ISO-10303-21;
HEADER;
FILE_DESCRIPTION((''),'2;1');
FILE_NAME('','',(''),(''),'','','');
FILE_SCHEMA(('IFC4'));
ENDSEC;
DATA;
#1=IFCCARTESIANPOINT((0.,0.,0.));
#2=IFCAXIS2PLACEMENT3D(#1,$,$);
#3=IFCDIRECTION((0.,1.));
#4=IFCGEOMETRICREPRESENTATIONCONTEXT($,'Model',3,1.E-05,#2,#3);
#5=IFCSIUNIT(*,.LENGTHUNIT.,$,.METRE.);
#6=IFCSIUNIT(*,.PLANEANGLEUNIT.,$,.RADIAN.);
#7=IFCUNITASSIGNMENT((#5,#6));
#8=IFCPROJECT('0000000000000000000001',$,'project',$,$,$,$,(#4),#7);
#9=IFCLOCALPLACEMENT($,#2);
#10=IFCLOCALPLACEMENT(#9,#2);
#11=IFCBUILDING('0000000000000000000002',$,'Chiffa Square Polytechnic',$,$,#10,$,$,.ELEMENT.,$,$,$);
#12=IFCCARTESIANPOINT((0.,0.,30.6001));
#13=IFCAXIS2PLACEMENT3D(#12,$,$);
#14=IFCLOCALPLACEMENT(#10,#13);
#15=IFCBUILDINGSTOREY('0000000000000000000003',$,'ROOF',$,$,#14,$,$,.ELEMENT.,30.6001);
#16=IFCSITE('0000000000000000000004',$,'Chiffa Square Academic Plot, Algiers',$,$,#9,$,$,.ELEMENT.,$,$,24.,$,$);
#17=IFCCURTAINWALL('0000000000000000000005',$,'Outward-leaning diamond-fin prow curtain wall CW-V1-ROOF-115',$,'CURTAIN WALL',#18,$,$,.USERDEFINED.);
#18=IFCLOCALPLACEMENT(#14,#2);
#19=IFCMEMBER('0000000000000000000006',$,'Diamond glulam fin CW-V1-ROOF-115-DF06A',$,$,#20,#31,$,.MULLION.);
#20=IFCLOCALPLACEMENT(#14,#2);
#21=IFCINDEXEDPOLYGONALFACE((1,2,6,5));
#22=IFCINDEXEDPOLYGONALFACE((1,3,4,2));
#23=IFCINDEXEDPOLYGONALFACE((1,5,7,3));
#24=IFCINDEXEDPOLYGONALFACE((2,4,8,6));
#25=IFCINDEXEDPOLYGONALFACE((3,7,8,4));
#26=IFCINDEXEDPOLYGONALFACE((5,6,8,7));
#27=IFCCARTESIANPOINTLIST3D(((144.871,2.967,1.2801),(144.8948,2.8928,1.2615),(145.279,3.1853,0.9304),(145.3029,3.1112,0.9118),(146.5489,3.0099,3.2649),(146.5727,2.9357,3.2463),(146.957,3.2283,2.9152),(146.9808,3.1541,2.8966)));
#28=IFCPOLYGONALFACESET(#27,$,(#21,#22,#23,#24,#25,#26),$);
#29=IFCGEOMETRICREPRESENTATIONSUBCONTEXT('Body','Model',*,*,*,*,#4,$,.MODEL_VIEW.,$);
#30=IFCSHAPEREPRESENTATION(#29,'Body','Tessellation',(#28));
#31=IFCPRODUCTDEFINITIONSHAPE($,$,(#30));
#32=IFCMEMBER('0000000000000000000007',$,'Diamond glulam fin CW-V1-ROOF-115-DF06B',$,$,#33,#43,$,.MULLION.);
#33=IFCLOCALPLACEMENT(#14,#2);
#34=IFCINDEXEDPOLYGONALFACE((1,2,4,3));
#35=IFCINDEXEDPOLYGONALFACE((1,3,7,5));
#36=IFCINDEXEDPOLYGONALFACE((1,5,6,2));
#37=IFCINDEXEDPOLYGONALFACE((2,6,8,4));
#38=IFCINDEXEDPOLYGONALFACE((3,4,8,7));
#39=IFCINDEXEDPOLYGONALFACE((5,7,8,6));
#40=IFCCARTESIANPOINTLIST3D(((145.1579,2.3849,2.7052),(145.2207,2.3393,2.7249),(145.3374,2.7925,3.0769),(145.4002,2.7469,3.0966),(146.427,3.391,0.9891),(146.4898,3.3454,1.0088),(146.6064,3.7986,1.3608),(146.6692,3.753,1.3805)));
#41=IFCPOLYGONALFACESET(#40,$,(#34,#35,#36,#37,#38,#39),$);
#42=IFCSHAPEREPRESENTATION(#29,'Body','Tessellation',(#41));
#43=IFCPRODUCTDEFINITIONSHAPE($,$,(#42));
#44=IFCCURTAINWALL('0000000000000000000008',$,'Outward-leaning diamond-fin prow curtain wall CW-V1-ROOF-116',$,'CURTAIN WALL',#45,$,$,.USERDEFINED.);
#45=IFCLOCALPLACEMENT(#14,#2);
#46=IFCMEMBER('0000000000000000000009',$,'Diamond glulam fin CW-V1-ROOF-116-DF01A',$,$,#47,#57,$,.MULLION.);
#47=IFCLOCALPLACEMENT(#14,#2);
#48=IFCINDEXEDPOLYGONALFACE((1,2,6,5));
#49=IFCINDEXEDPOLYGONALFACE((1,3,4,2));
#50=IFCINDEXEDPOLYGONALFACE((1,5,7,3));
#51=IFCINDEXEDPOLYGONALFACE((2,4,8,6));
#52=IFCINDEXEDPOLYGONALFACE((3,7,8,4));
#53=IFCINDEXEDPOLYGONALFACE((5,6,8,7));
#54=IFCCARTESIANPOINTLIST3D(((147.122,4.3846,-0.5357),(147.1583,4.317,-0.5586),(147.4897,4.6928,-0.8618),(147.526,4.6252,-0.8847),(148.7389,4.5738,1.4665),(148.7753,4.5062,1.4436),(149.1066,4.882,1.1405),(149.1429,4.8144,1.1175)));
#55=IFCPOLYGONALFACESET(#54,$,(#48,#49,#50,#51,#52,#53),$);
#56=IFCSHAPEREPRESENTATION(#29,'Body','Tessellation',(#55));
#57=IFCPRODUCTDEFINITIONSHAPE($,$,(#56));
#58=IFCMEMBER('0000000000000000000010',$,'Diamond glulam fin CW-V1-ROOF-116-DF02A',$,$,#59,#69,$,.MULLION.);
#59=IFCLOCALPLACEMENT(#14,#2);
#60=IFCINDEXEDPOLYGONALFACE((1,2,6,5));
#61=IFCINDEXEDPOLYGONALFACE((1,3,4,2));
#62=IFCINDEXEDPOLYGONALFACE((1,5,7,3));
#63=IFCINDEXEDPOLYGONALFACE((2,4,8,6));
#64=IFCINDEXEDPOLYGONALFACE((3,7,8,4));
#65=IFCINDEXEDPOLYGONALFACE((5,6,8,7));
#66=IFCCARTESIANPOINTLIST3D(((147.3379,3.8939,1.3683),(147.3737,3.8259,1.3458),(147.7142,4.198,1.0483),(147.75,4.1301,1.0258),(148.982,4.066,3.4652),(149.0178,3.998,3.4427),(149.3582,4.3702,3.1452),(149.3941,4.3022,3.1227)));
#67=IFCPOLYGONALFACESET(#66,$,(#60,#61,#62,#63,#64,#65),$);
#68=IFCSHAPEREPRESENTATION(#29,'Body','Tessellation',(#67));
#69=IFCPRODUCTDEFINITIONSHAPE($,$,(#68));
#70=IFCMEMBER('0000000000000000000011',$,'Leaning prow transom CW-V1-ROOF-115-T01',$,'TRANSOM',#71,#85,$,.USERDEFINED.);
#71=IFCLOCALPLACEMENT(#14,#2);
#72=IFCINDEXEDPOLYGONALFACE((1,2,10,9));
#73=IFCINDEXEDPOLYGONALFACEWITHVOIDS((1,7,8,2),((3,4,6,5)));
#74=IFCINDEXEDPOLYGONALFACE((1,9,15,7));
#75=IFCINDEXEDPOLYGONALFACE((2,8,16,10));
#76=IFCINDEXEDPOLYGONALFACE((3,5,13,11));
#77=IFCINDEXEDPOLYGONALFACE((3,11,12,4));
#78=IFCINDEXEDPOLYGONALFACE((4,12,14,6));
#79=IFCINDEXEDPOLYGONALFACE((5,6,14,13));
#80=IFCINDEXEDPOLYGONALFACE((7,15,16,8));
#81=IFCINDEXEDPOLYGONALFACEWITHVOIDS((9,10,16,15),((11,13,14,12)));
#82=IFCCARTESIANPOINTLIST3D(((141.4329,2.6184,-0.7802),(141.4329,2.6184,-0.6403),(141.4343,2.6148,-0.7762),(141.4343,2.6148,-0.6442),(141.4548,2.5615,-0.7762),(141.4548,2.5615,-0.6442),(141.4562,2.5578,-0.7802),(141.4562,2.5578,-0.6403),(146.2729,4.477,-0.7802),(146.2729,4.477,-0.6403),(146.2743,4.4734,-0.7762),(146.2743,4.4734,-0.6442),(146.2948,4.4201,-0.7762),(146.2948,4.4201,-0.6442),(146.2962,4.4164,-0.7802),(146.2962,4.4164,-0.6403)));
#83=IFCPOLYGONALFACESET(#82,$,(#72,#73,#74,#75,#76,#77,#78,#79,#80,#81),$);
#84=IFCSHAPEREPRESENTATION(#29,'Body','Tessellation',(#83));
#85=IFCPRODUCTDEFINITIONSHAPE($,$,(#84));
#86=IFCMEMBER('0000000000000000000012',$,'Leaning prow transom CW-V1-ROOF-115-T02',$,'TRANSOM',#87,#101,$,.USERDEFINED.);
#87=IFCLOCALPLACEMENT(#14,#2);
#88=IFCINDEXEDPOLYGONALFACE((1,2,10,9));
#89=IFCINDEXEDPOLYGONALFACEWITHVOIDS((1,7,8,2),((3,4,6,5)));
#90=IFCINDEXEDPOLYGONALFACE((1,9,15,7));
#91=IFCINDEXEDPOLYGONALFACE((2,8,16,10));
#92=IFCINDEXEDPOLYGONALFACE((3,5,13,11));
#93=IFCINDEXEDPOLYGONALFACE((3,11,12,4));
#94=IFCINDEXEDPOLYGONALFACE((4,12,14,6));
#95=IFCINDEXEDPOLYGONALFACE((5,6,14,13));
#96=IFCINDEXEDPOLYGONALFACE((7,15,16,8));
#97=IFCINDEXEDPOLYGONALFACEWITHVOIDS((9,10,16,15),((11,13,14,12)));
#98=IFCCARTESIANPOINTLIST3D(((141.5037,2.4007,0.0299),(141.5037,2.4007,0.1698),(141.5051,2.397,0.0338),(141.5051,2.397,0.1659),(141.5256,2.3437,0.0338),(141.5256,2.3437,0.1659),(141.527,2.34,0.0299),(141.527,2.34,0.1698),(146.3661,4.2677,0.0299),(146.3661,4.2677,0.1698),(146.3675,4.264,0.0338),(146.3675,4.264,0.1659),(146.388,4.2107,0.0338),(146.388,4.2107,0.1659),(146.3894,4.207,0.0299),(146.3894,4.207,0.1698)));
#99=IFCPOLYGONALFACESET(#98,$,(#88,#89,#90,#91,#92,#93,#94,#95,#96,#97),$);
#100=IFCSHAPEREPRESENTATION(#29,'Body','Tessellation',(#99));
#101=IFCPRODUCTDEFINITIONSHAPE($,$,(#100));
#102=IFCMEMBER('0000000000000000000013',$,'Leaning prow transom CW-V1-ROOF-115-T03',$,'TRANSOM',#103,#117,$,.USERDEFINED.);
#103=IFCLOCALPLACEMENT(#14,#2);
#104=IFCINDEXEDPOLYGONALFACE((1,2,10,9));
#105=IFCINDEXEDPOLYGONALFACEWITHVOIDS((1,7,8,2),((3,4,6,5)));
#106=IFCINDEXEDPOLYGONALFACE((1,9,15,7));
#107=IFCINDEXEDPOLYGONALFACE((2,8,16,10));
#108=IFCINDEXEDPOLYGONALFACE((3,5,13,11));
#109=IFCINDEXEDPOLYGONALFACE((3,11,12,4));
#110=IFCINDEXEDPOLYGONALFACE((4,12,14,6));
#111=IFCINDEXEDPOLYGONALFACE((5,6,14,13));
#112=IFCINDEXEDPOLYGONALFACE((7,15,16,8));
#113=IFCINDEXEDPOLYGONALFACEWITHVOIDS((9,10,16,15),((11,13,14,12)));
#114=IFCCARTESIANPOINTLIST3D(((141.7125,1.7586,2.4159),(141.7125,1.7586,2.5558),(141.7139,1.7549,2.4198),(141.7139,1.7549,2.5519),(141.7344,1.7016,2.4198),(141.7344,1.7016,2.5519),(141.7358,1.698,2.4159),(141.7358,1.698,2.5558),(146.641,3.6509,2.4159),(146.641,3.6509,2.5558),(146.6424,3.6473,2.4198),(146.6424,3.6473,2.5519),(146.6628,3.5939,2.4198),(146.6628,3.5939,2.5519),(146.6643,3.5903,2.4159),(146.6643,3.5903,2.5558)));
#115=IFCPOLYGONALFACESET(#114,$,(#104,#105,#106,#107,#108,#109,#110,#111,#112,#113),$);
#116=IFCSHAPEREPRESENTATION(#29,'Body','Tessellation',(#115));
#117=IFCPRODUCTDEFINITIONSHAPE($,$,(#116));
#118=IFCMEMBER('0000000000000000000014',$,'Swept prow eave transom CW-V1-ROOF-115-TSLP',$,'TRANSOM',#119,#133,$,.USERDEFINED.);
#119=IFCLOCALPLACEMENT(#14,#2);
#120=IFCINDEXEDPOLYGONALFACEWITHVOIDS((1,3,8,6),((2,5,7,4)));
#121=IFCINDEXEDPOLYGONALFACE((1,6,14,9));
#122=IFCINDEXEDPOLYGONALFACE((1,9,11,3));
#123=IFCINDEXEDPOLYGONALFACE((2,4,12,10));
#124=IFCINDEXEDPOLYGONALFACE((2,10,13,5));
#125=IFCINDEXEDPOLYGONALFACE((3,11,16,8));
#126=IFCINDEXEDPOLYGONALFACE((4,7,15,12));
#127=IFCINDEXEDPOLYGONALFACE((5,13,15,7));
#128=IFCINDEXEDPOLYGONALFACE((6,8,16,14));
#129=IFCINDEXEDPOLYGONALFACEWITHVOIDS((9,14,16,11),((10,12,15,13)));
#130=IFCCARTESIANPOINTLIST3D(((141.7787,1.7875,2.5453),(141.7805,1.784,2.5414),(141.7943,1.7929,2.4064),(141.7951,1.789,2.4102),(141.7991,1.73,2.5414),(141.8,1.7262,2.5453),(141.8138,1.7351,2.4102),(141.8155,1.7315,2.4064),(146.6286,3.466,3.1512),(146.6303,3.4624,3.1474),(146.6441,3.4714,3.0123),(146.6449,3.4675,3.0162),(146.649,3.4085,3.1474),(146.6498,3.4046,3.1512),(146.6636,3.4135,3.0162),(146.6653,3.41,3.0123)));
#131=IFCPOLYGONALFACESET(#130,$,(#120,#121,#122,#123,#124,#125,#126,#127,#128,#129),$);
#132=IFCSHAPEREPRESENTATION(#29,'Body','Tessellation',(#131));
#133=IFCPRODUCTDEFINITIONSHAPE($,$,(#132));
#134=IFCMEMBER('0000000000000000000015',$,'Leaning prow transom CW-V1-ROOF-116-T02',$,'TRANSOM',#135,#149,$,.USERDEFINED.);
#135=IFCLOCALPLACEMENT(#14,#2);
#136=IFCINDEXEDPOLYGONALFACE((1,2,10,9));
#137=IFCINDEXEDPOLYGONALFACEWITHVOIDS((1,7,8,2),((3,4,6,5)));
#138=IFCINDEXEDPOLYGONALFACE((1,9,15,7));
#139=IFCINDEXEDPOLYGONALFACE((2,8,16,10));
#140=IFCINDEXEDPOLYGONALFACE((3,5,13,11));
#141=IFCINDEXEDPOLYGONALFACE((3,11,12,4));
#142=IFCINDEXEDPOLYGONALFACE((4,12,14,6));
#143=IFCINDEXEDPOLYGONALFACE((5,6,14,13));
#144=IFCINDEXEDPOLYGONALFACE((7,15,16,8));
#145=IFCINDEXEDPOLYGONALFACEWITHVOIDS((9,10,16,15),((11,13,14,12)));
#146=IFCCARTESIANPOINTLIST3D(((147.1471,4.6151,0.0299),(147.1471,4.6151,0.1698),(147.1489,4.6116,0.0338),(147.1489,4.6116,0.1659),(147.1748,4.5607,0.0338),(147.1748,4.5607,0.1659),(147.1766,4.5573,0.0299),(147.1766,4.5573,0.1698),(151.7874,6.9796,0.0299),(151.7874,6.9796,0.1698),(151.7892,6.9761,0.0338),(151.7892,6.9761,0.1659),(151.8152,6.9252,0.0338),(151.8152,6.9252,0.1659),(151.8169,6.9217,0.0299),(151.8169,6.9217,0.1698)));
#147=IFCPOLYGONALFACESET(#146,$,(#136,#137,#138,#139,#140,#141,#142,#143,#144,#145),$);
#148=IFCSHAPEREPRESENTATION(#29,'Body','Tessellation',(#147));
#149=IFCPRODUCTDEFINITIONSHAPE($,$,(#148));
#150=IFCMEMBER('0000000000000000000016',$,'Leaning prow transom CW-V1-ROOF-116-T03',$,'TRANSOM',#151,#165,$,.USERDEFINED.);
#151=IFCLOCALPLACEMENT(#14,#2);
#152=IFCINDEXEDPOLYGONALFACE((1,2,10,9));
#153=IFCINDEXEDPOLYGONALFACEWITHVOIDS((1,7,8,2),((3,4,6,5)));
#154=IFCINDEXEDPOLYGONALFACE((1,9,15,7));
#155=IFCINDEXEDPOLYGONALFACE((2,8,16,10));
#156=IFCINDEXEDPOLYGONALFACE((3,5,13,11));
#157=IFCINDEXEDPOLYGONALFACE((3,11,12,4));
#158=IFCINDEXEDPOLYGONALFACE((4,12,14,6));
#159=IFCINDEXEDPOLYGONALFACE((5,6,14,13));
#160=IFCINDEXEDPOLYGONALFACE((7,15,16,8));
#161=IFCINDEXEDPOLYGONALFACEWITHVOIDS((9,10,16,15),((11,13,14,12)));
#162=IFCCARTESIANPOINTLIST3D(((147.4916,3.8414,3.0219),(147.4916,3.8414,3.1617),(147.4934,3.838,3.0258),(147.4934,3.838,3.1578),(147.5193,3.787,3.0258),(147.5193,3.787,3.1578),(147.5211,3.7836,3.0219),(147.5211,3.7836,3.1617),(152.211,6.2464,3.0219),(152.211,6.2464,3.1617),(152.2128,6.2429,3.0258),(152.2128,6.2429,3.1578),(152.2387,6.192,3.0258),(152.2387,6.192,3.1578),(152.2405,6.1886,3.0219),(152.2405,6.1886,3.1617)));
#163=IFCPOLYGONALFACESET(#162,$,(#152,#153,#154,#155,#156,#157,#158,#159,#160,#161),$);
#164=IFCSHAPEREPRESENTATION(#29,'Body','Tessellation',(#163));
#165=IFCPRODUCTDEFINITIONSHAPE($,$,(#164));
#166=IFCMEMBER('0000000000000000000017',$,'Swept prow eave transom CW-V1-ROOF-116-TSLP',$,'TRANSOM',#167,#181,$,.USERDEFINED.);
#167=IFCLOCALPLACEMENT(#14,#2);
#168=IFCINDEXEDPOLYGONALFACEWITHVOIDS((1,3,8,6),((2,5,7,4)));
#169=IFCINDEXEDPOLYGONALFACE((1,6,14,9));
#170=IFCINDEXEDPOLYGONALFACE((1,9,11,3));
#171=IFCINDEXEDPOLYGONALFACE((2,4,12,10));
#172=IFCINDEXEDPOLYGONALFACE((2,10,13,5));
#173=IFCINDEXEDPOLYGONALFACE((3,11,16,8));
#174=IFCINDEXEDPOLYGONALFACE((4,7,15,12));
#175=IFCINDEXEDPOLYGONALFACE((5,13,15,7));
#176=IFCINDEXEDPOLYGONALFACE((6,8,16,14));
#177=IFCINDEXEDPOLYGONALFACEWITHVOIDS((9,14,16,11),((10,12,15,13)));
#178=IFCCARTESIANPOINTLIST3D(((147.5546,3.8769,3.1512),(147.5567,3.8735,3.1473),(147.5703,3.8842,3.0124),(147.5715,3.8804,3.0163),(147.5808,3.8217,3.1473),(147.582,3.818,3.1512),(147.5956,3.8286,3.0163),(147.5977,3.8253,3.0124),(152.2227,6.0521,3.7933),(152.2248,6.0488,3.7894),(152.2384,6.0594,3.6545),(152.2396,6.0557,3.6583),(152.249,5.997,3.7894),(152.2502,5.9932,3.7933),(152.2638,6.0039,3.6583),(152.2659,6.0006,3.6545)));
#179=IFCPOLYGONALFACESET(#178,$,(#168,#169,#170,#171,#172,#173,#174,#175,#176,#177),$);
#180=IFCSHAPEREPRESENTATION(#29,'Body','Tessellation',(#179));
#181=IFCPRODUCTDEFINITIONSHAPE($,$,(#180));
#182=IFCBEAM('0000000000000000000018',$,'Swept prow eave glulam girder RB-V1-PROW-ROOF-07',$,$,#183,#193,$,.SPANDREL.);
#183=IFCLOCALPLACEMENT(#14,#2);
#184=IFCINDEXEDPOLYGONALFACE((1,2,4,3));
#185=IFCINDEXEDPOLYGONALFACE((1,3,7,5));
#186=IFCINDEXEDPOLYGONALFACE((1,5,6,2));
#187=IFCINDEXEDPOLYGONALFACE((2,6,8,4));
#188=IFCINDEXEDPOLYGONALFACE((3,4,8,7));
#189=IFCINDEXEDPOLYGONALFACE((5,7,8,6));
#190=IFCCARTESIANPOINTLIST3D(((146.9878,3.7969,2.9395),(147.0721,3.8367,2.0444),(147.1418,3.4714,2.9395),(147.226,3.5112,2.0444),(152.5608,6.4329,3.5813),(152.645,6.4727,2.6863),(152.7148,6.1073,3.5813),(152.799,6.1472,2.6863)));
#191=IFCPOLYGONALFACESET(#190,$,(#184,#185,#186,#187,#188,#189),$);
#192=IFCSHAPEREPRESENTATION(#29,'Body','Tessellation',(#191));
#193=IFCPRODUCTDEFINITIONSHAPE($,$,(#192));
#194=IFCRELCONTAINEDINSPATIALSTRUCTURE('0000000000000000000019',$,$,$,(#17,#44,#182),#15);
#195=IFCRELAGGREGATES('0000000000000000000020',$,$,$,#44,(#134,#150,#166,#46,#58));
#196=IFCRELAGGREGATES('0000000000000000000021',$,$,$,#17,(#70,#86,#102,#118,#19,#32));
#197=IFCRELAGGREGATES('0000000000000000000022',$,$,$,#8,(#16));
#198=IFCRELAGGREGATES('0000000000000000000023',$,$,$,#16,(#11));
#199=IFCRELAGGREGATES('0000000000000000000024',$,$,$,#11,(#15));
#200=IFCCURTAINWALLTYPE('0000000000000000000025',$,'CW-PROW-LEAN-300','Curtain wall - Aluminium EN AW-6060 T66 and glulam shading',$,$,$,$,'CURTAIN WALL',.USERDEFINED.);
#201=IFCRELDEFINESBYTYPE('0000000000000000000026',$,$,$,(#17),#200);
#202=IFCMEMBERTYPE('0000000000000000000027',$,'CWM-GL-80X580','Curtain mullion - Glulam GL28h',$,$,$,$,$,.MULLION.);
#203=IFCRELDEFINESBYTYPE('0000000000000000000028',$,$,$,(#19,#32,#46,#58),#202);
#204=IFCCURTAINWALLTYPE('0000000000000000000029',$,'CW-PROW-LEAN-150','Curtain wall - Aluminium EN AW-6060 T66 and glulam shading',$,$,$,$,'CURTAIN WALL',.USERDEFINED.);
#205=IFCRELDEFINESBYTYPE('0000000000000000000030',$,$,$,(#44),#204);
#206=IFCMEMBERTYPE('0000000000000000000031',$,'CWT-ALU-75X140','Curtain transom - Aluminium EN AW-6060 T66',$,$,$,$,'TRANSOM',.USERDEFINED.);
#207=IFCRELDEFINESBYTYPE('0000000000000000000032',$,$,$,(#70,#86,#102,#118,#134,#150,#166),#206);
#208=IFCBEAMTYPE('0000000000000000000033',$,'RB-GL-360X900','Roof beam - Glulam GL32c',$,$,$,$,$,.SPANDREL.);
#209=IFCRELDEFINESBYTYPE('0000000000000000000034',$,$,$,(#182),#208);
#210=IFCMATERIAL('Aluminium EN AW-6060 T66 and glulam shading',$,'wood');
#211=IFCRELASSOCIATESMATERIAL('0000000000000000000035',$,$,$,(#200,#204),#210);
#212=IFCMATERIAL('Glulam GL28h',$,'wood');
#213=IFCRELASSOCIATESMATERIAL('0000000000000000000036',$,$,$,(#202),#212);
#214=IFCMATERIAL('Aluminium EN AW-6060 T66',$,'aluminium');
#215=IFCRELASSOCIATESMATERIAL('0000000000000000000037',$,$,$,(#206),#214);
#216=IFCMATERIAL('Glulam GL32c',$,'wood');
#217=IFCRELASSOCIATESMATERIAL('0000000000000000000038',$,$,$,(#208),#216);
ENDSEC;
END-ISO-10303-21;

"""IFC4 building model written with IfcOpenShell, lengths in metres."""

from ifc_helpers import new_model, si_unit, direction, frame, origin, origin_2d, place, context, subcontext, project, spatial, rectangle, hollow_rectangle, extrude, material, material_profile, profile_set, type_object, element, aggregate, save


model = new_model("IFC4")

# Units and contexts
model_context = context("Model", 3, precision=1e-05, world=origin(), true_north=direction((0.0, 1.0)))
body_context = subcontext(model_context, "Body", "Model", "MODEL_VIEW")
ifc_project = project(units=[si_unit("LENGTHUNIT", "METRE"), si_unit("PLANEANGLEUNIT", "RADIAN")], contexts=[model_context])

# Site, building, storey
site_placement = place(None, origin())
site = spatial("IfcSite", under=ifc_project, at=site_placement, Name="Chiffa Square Academic Plot, Algiers", CompositionType="ELEMENT", RefElevation=24.0)
building_placement = place(site_placement, origin())
building = spatial("IfcBuilding", under=site, at=building_placement, Name="Chiffa Square Polytechnic", CompositionType="ELEMENT")
storey_placement = place(building_placement, frame((0.0, 0.0, 30.6001)))
storey = spatial("IfcBuildingStorey", under=building, at=storey_placement, Name="ROOF", CompositionType="ELEMENT", Elevation=30.6001)

# Curtain walls, members
ifc_material_1 = material(Name="Aluminium EN AW-6060 T66 and glulam shading", Category="wood")
curtain_wall_type_1 = type_object("IfcCurtainWallType", Name="CW-PROW-LEAN-300", Description="Curtain wall - Aluminium EN AW-6060 T66 and glulam shading", ElementType="CURTAIN WALL", PredefinedType="USERDEFINED", material=ifc_material_1)
curtain_wall_1_placement = place(storey_placement, origin())
curtain_wall_1 = element("IfcCurtainWall", 1, at=curtain_wall_1_placement, inside=storey, type_object=curtain_wall_type_1, Name="Outward-leaning diamond-fin prow curtain wall CW-V1-ROOF-115", ObjectType="CURTAIN WALL", PredefinedType="USERDEFINED")
ifc_material_2 = material(Name="Aluminium EN AW-6060 T66", Category="aluminium")
ifc_material_3 = material(Name="Glulam GL28h", Category="wood")
ifc_material_profile_1 = material_profile(ifc_material_3, rectangle(XDim=0.0801, YDim=0.5801, at=origin_2d()), Name="GL28h 80x580")
ifc_profile_set_1 = profile_set([ifc_material_profile_1], Name="Glulam GL28h")
member_type_1 = type_object("IfcMemberType", Name="CWM-GL-80X580", Description="Curtain mullion - Glulam GL28h", PredefinedType="MULLION", material=ifc_profile_set_1)
member_1_placement = place(storey_placement, frame((145.0869, 3.0391, 1.0959), z_axis=(0.645513, 0.01653, 0.76357), x_axis=(-0.297448, 0.92627, 0.231407)))
member_1 = element("IfcMember", 2, at=member_1_placement, type_object=member_type_1, Name="Diamond glulam fin CW-V1-ROOF-115-DF06A", PredefinedType="MULLION", context=body_context, shape_type="SweptSolid", body=[
    extrude(rectangle(XDim=0.0801, YDim=0.5801, at=origin_2d()), origin(), (0.0, 0.0, 1.0), 2.5994),
])
member_2_placement = place(storey_placement, frame((146.5481, 3.572, 1.1848), z_axis=(-0.537827, -0.426392, 0.727277), x_axis=(0.784223, -0.569646, 0.245964)))
member_2 = element("IfcMember", 3, at=member_2_placement, type_object=member_type_1, Name="Diamond glulam fin CW-V1-ROOF-115-DF06B", PredefinedType="MULLION", context=body_context, shape_type="SweptSolid", body=[
    extrude(rectangle(XDim=0.0801, YDim=0.5801, at=origin_2d()), origin(), (0.0, 0.0, 1.0), 2.3596),
])
curtain_wall_type_2 = type_object("IfcCurtainWallType", Name="CW-PROW-LEAN-150", Description="Curtain wall - Aluminium EN AW-6060 T66 and glulam shading", ElementType="CURTAIN WALL", PredefinedType="USERDEFINED", material=ifc_material_1)
curtain_wall_2_placement = place(storey_placement, origin())
curtain_wall_2 = element("IfcCurtainWall", 4, at=curtain_wall_2_placement, inside=storey, type_object=curtain_wall_type_2, Name="Outward-leaning diamond-fin prow curtain wall CW-V1-ROOF-116", ObjectType="CURTAIN WALL", PredefinedType="USERDEFINED")
member_3_placement = place(storey_placement, frame((147.324, 4.5049, -0.7102), z_axis=(0.626595, 0.073322, 0.775888), x_axis=(-0.453415, 0.844029, 0.286409)))
member_3 = element("IfcMember", 5, at=member_3_placement, type_object=member_type_1, Name="Diamond glulam fin CW-V1-ROOF-116-DF01A", PredefinedType="MULLION", context=body_context, shape_type="SweptSolid", body=[
    extrude(rectangle(XDim=0.0801, YDim=0.5801, at=origin_2d()), origin(), (0.0, 0.0, 1.0), 2.5806),
])
member_4_placement = place(storey_placement, frame((147.5439, 4.012, 1.197), z_axis=(0.615717, 0.064461, 0.785327), x_axis=(-0.447368, 0.84904, 0.281057)))
member_4 = element("IfcMember", 6, at=member_4_placement, type_object=member_type_1, Name="Diamond glulam fin CW-V1-ROOF-116-DF02A", PredefinedType="MULLION", context=body_context, shape_type="SweptSolid", body=[
    extrude(rectangle(XDim=0.0801, YDim=0.5801, at=origin_2d()), origin(), (0.0, 0.0, 1.0), 2.6702),
])

# Members
ifc_material_profile_2 = material_profile(ifc_material_2, hollow_rectangle(XDim=0.0649, YDim=0.1399, WallThickness=0.0039, at=origin_2d()), Name="ALU 65x140x4")
ifc_profile_set_2 = profile_set([ifc_material_profile_2], Name="Aluminium EN AW-6060 T66")
member_type_2 = type_object("IfcMemberType", Name="CWT-ALU-75X140", Description="Curtain transom - Aluminium EN AW-6060 T66", ElementType="TRANSOM", PredefinedType="USERDEFINED", material=ifc_profile_set_2)
member_5_placement = place(storey_placement, frame((141.4446, 2.5881, -0.7102), z_axis=(0.933535, 0.358487, 0.0), x_axis=(-0.358487, 0.933535, 0.0)))
member_5 = element("IfcMember", 7, at=member_5_placement, type_object=member_type_2, Name="Leaning prow transom CW-V1-ROOF-115-T01", ObjectType="TRANSOM", PredefinedType="USERDEFINED", context=body_context, shape_type="SweptSolid", body=[
    extrude(hollow_rectangle(XDim=0.0649, YDim=0.1399, WallThickness=0.0039, at=origin_2d()), origin(), (0.0, 0.0, 1.0), 5.1846),
])
member_6_placement = place(storey_placement, frame((141.5154, 2.3704, 0.0999), z_axis=(0.93355, 0.358448, 0.0), x_axis=(-0.358448, 0.93355, 0.0)))
member_6 = element("IfcMember", 8, at=member_6_placement, type_object=member_type_2, Name="Leaning prow transom CW-V1-ROOF-115-T02", ObjectType="TRANSOM", PredefinedType="USERDEFINED", context=body_context, shape_type="SweptSolid", body=[
    extrude(hollow_rectangle(XDim=0.0649, YDim=0.1399, WallThickness=0.0039, at=origin_2d()), origin(), (0.0, 0.0, 1.0), 5.2085),
])
member_7_placement = place(storey_placement, frame((141.7241, 1.7283, 2.4858), z_axis=(0.93355, 0.358446, 0.0), x_axis=(-0.358446, 0.93355, 0.0)))
member_7 = element("IfcMember", 9, at=member_7_placement, type_object=member_type_2, Name="Leaning prow transom CW-V1-ROOF-115-T03", ObjectType="TRANSOM", PredefinedType="USERDEFINED", context=body_context, shape_type="SweptSolid", body=[
    extrude(hollow_rectangle(XDim=0.0649, YDim=0.1399, WallThickness=0.0039, at=origin_2d()), origin(), (0.0, 0.0, 1.0), 5.2793),
])
member_8_placement = place(storey_placement, frame((141.7971, 1.7595, 2.4758), z_axis=(0.938487, 0.324797, 0.117258), x_axis=(-0.327053, 0.945006, 0.0)))
member_8 = element("IfcMember", 10, at=member_8_placement, type_object=member_type_2, Name="Swept prow eave transom CW-V1-ROOF-115-TSLP", ObjectType="TRANSOM", PredefinedType="USERDEFINED", context=body_context, shape_type="SweptSolid", body=[
    extrude(hollow_rectangle(XDim=0.0649, YDim=0.1399, WallThickness=0.0039, at=origin_2d()), origin(), (0.0, 0.0, 1.0), 5.1677),
])
member_9_placement = place(storey_placement, frame((147.1619, 4.5862, 0.0999), z_axis=(0.890998, 0.454007, 0.0), x_axis=(-0.454007, 0.890998, 0.0)))
member_9 = element("IfcMember", 11, at=member_9_placement, type_object=member_type_2, Name="Leaning prow transom CW-V1-ROOF-116-T02", ObjectType="TRANSOM", PredefinedType="USERDEFINED", context=body_context, shape_type="SweptSolid", body=[
    extrude(hollow_rectangle(XDim=0.0649, YDim=0.1399, WallThickness=0.0039, at=origin_2d()), origin(), (0.0, 0.0, 1.0), 5.208),
])
member_10_placement = place(storey_placement, frame((147.5063, 3.8125, 3.0918), z_axis=(0.890981, 0.45404, 0.0), x_axis=(-0.45404, 0.890981, 0.0)))
member_10 = element("IfcMember", 12, at=member_10_placement, type_object=member_type_2, Name="Leaning prow transom CW-V1-ROOF-116-T03", ObjectType="TRANSOM", PredefinedType="USERDEFINED", context=body_context, shape_type="SweptSolid", body=[
    extrude(hollow_rectangle(XDim=0.0649, YDim=0.1399, WallThickness=0.0039, at=origin_2d()), origin(), (0.0, 0.0, 1.0), 5.2969),
])
member_11_placement = place(storey_placement, frame((147.5762, 3.8511, 3.0818), z_axis=(0.899458, 0.419129, 0.123716), x_axis=(-0.422374, 0.906422, 0.0)))
member_11 = element("IfcMember", 13, at=member_11_placement, type_object=member_type_2, Name="Swept prow eave transom CW-V1-ROOF-116-TSLP", ObjectType="TRANSOM", PredefinedType="USERDEFINED", context=body_context, shape_type="SweptSolid", body=[
    extrude(hollow_rectangle(XDim=0.0649, YDim=0.1399, WallThickness=0.0039, at=origin_2d()), origin(), (0.0, 0.0, 1.0), 5.1899),
])

# Beam
ifc_material_4 = material(Name="Glulam GL32c", Category="wood")
ifc_material_profile_3 = material_profile(ifc_material_4, rectangle(XDim=0.3601, YDim=0.8999, at=origin_2d()), Name="GL32c 360x900")
ifc_profile_set_3 = profile_set([ifc_material_profile_3], Name="Glulam GL32c")
beam_type = type_object("IfcBeamType", Name="RB-GL-360X900", Description="Roof beam - Glulam GL32c", PredefinedType="SPANDREL", material=ifc_profile_set_3)
beam_placement = place(storey_placement, frame((147.1069, 3.6541, 2.4919), z_axis=(0.89912, 0.425277, 0.103552), x_axis=(-0.427576, 0.90398, 0.0)))
element("IfcBeam", 14, at=beam_placement, inside=storey, type_object=beam_type, Name="Swept prow eave glulam girder RB-V1-PROW-ROOF-07", PredefinedType="SPANDREL", context=body_context, shape_type="SweptSolid", body=[
    extrude(rectangle(XDim=0.3601, YDim=0.8999, at=origin_2d()), origin(), (0.0, 0.0, 1.0), 6.1982),
])

aggregate(curtain_wall_2, [member_9, member_10, member_11, member_3, member_4])
aggregate(curtain_wall_1, [member_5, member_6, member_7, member_8, member_1, member_2])

save(model, "model.ifc")
